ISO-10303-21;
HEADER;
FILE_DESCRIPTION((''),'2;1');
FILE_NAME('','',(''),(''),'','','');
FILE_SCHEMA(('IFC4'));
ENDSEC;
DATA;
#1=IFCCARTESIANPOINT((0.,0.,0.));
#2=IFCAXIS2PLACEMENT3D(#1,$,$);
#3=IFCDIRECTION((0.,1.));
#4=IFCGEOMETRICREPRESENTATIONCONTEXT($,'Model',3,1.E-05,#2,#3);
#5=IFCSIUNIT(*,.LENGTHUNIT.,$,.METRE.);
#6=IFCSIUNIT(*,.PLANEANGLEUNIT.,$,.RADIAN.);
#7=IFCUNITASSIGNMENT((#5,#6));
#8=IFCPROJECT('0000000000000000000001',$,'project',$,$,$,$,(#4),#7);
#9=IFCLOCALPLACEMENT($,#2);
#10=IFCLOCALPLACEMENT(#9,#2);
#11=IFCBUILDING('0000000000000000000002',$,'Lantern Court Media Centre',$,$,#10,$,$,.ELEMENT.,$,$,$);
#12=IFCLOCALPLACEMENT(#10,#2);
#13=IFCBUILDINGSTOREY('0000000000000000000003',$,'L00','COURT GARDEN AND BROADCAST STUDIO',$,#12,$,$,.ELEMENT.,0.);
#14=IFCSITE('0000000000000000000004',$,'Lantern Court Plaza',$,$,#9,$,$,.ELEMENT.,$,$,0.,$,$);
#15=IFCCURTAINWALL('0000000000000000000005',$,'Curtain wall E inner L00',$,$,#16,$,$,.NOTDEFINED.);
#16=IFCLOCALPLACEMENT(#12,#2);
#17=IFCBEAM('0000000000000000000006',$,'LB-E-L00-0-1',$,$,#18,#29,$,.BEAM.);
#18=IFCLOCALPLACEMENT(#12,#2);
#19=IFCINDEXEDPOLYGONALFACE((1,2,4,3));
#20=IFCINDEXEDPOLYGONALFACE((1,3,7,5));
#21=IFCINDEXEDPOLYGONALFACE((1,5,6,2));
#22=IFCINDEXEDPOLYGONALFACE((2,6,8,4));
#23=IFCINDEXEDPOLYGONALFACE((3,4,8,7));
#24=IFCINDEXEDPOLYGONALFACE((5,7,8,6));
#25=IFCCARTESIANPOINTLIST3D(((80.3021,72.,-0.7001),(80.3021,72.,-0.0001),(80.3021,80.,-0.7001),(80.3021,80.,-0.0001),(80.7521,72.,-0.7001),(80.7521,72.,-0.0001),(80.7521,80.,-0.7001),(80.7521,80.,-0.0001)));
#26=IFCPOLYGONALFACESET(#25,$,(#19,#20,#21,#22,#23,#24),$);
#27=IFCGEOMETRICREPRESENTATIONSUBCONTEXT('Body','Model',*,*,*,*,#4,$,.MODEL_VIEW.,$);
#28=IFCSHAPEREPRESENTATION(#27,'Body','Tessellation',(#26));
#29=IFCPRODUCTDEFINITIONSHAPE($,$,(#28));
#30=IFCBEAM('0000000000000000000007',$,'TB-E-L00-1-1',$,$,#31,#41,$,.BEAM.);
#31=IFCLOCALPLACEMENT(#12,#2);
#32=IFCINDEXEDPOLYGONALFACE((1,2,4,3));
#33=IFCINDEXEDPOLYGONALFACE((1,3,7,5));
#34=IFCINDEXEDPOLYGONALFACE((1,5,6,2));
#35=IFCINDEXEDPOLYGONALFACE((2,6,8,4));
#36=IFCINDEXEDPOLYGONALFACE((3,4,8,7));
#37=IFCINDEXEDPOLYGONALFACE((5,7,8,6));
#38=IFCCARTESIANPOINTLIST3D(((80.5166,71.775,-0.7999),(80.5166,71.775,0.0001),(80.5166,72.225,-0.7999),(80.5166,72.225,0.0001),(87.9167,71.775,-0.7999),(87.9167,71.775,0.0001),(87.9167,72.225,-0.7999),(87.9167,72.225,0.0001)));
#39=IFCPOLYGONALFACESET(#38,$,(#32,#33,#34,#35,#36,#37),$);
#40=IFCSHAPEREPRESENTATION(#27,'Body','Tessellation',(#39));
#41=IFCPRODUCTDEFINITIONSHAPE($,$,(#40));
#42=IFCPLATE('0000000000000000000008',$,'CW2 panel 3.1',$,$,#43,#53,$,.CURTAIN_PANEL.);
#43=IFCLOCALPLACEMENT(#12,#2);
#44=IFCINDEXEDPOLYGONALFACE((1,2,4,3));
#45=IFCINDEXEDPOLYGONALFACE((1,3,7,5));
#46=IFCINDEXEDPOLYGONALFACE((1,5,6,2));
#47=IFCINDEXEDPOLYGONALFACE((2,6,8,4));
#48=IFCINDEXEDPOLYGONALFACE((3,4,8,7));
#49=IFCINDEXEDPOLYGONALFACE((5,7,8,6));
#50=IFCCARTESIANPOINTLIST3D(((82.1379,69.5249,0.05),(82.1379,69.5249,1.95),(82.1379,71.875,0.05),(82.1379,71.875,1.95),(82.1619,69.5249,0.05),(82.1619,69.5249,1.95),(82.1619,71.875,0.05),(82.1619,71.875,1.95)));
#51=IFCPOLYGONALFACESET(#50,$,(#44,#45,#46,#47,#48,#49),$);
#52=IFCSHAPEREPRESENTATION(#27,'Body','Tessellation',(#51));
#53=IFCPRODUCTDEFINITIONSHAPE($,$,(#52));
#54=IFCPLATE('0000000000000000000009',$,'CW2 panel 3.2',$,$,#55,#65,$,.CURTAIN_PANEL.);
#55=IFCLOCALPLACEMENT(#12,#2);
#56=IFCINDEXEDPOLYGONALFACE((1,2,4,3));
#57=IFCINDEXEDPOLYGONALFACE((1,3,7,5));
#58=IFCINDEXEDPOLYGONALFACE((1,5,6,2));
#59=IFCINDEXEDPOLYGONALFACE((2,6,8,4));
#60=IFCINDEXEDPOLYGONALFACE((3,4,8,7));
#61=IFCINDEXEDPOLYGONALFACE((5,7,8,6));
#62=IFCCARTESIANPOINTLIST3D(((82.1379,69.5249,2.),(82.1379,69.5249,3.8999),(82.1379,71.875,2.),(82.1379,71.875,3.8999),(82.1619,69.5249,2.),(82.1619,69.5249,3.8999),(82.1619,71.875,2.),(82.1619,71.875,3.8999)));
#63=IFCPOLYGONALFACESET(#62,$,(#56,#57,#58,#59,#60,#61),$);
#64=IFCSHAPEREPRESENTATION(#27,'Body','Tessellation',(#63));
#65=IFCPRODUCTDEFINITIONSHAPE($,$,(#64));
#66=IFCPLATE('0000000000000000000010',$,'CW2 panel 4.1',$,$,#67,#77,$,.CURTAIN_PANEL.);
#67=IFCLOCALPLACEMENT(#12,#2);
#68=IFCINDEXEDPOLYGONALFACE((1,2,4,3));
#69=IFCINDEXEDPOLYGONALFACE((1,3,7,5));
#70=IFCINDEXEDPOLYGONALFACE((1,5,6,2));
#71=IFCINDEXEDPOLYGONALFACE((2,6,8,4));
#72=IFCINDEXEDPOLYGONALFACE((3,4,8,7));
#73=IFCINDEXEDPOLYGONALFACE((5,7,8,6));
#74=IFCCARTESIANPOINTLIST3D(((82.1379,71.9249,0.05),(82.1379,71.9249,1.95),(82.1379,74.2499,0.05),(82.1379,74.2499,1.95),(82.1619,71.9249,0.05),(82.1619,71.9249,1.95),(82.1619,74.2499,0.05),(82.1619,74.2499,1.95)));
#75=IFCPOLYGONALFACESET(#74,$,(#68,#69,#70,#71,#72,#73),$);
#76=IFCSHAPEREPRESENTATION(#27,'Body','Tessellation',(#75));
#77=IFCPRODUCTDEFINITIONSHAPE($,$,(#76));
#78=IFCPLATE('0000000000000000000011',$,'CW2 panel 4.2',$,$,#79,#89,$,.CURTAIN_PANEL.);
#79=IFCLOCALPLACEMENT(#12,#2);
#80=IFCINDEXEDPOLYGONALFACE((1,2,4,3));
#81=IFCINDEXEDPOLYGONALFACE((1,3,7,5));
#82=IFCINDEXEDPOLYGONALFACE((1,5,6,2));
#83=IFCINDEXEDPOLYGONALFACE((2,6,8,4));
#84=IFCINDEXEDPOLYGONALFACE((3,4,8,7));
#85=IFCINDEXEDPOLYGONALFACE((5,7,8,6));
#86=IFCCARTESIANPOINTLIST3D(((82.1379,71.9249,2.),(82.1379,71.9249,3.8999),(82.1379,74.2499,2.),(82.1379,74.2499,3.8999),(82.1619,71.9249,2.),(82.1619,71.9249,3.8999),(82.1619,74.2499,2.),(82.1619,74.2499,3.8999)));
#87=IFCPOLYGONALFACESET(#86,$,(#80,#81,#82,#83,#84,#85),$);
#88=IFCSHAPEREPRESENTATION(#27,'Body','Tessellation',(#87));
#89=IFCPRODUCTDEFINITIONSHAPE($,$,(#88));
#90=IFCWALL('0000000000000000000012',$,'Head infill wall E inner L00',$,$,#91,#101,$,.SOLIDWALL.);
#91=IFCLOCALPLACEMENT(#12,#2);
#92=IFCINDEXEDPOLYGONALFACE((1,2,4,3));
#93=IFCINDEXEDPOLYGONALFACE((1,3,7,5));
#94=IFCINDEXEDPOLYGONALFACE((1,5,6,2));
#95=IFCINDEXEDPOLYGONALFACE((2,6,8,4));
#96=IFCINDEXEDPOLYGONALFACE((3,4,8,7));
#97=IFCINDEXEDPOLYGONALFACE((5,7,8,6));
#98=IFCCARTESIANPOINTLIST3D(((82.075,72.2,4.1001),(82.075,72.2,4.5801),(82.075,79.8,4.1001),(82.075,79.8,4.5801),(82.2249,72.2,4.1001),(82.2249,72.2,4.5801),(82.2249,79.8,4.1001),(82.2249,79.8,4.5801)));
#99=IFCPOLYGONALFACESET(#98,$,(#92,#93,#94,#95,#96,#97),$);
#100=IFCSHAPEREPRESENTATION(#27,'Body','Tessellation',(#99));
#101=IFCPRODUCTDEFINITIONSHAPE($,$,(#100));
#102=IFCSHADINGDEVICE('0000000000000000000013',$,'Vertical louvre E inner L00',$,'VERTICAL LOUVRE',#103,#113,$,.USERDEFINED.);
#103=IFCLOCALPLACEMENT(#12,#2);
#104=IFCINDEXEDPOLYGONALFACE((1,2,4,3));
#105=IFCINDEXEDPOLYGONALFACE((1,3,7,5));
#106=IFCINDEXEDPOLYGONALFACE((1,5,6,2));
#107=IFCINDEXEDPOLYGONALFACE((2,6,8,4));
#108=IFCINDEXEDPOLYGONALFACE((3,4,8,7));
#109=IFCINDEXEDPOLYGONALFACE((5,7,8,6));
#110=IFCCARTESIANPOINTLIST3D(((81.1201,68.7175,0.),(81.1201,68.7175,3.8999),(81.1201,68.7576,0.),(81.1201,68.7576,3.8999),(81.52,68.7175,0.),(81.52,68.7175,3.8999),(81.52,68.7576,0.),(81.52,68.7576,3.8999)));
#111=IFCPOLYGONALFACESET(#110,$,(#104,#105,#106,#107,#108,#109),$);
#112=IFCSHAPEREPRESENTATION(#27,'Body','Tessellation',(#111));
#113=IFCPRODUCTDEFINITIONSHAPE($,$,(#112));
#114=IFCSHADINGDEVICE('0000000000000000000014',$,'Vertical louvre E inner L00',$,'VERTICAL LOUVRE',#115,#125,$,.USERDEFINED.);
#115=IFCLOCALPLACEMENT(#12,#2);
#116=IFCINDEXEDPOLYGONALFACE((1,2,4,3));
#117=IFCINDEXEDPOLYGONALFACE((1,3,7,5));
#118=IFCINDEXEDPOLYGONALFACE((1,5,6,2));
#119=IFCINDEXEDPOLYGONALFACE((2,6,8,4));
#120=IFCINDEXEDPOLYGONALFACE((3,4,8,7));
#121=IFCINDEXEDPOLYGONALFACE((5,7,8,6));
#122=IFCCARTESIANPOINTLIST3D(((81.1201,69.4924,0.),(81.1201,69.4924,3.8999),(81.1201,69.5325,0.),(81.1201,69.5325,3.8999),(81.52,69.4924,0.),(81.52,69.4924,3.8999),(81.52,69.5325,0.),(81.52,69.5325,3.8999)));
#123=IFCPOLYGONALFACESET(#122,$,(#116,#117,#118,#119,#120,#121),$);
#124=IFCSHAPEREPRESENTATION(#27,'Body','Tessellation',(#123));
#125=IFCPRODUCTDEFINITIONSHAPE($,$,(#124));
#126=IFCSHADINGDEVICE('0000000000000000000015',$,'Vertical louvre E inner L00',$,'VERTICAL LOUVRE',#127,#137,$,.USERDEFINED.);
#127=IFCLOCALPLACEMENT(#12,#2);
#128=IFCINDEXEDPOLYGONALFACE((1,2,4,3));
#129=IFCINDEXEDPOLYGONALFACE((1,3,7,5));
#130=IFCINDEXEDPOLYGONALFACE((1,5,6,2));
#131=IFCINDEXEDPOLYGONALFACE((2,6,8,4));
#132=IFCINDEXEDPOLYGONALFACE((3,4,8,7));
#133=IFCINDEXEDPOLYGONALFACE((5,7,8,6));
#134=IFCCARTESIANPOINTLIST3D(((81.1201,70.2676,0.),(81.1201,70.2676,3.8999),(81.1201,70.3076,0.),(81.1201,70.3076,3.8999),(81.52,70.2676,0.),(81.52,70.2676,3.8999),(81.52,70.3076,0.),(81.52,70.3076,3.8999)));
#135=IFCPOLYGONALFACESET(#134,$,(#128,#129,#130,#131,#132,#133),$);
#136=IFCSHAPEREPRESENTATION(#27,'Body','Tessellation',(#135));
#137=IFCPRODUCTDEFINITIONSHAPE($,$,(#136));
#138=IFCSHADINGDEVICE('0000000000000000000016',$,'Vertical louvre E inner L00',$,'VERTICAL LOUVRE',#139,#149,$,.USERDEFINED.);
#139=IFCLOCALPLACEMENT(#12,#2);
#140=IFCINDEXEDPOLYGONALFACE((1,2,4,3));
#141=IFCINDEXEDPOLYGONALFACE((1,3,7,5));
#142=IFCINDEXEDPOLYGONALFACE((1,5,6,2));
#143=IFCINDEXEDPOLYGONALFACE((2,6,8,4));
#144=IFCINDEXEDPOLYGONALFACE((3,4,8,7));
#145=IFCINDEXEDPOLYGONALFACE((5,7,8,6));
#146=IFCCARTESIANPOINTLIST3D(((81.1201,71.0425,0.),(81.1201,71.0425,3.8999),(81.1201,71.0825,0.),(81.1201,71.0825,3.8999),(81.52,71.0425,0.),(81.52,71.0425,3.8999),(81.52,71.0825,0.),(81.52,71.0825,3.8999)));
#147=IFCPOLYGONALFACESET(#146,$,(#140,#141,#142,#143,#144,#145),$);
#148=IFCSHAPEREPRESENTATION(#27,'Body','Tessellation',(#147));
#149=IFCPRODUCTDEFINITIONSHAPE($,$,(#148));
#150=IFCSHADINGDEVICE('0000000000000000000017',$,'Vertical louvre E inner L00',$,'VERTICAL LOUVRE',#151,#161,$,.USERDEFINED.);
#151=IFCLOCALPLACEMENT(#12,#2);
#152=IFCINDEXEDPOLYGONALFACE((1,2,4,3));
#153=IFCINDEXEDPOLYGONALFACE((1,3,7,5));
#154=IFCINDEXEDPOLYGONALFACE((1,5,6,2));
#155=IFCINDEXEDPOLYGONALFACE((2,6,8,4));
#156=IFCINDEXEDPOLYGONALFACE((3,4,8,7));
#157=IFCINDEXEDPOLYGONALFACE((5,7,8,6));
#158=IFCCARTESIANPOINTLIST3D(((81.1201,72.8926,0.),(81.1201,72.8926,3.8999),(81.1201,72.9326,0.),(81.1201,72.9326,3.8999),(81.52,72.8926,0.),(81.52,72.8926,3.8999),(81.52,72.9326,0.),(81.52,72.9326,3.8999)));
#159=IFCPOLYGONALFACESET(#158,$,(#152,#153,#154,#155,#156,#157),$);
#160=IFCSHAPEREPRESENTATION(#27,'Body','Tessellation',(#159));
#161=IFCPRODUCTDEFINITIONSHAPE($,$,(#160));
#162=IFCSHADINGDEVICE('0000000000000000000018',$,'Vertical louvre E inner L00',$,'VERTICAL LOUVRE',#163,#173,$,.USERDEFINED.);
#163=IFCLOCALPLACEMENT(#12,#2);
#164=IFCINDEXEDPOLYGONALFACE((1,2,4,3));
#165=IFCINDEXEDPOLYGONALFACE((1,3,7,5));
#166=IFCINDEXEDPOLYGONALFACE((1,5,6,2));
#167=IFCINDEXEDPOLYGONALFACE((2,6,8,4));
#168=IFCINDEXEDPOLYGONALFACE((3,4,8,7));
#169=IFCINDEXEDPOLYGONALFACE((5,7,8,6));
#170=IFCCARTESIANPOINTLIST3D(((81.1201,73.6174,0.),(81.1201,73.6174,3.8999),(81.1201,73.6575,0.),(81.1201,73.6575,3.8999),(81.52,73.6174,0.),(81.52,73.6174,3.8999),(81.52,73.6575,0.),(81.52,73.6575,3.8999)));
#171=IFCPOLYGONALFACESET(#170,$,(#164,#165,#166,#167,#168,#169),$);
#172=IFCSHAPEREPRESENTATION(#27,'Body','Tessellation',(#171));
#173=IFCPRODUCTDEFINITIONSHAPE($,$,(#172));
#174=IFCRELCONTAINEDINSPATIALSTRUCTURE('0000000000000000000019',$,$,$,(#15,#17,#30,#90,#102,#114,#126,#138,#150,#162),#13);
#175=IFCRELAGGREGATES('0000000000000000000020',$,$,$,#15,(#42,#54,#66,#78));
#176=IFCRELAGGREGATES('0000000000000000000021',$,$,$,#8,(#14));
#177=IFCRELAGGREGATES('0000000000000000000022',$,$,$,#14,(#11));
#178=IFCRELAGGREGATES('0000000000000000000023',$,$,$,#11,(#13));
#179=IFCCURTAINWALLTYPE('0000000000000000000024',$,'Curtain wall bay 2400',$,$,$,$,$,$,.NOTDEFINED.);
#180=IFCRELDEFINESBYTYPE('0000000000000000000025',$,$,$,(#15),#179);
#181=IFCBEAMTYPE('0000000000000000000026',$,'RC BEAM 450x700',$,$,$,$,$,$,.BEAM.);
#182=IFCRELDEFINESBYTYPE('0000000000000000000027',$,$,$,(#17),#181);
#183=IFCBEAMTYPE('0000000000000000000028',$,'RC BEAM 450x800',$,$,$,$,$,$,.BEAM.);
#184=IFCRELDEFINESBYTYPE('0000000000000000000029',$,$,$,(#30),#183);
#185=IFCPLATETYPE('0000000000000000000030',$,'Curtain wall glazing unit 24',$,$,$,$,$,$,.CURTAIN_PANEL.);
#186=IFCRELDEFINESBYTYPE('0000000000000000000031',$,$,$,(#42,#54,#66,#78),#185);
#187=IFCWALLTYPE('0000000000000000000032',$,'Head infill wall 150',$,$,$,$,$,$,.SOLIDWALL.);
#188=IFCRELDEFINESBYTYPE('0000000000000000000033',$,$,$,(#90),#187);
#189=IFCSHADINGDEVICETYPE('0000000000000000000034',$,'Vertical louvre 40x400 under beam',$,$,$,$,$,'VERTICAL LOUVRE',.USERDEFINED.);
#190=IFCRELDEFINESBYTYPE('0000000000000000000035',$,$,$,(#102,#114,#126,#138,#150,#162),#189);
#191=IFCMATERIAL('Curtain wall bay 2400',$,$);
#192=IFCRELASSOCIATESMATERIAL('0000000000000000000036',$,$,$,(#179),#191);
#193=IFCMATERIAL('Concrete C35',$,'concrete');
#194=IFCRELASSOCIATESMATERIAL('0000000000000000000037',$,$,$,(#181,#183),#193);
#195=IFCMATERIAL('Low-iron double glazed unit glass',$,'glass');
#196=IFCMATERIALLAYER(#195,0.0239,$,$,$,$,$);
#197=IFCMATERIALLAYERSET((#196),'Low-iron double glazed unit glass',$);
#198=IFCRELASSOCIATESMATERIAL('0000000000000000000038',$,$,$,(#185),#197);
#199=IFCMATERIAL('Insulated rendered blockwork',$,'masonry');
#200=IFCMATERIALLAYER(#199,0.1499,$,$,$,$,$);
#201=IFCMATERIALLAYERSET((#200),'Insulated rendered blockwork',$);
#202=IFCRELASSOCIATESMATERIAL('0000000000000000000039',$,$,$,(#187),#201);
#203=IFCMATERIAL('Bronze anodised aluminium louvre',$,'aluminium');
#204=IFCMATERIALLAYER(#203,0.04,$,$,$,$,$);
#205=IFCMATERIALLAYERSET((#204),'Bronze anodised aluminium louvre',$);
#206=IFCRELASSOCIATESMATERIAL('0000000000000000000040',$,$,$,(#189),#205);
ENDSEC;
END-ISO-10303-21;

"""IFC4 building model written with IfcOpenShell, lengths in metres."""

from ifc_helpers import new_model, si_unit, direction, frame, frame_2d, origin, origin_2d, place, context, subcontext, project, spatial, rectangle, extrude, material, layer, layer_set, material_profile, profile_set, type_object, element, aggregate, save


model = new_model("IFC4")

# Units and contexts
model_context = context("Model", 3, precision=1e-05, world=origin(), true_north=direction((0.0, 1.0)))
body_context = subcontext(model_context, "Body", "Model", "MODEL_VIEW")
ifc_project = project(units=[si_unit("LENGTHUNIT", "METRE"), si_unit("PLANEANGLEUNIT", "RADIAN")], contexts=[model_context])

# Site, building, storey
site_placement = place(None, origin())
site = spatial("IfcSite", under=ifc_project, at=site_placement, Name="Lantern Court Plaza", CompositionType="ELEMENT", RefElevation=0.0)
building_placement = place(site_placement, origin())
building = spatial("IfcBuilding", under=site, at=building_placement, Name="Lantern Court Media Centre", CompositionType="ELEMENT")
storey_placement = place(building_placement, origin())
storey = spatial("IfcBuildingStorey", under=building, at=storey_placement, Name="L00", Description="COURT GARDEN AND BROADCAST STUDIO", CompositionType="ELEMENT", Elevation=0.0)

# Shared definitions
ifc_material_1 = material(Name="Concrete C35", Category="concrete")

# Curtain wall
ifc_material_2 = material(Name="Curtain wall bay 2400")
curtain_wall_type_1 = type_object("IfcCurtainWallType", Name="Curtain wall bay 2400", PredefinedType="NOTDEFINED", material=ifc_material_2)
curtain_wall_1_placement = place(storey_placement, origin())
curtain_wall_1 = element("IfcCurtainWall", 1, at=curtain_wall_1_placement, inside=storey, type_object=curtain_wall_type_1, Name="Curtain wall E inner L00", PredefinedType="NOTDEFINED")

# Beams
ifc_material_profile_1 = material_profile(ifc_material_1, rectangle(XDim=0.45, YDim=0.7, at=origin_2d()), Name="RC 450x700")
ifc_profile_set_1 = profile_set([ifc_material_profile_1], Name="Concrete C35")
beam_type_1 = type_object("IfcBeamType", Name="RC BEAM 450x700", PredefinedType="BEAM", material=ifc_profile_set_1)
beam_1_placement = place(storey_placement, frame((80.5271, 72.0, -0.3501), z_axis=(0.0, 1.0, 0.0), x_axis=(-1.0, 0.0, 0.0)))
element("IfcBeam", 2, at=beam_1_placement, inside=storey, type_object=beam_type_1, Name="LB-E-L00-0-1", PredefinedType="BEAM", context=body_context, shape_type="SweptSolid", body=[
    extrude(rectangle(XDim=0.45, YDim=0.7, at=origin_2d()), origin(), (0.0, 0.0, 1.0), 8.0),
])
ifc_material_profile_2 = material_profile(ifc_material_1, rectangle(XDim=0.45, YDim=0.8, at=origin_2d()), Name="RC 450x800")
ifc_profile_set_2 = profile_set([ifc_material_profile_2], Name="Concrete C35")
beam_type_2 = type_object("IfcBeamType", Name="RC BEAM 450x800", PredefinedType="BEAM", material=ifc_profile_set_2)
beam_2_placement = place(storey_placement, frame((80.5166, 72.0, -0.3999), z_axis=(1.0, 0.0, 0.0), x_axis=(0.0, 1.0, 0.0)))
element("IfcBeam", 3, at=beam_2_placement, inside=storey, type_object=beam_type_2, Name="TB-E-L00-1-1", PredefinedType="BEAM", context=body_context, shape_type="SweptSolid", body=[
    extrude(rectangle(XDim=0.45, YDim=0.8, at=origin_2d()), origin(), (0.0, 0.0, 1.0), 7.4001),
])

# Plates
ifc_material_3 = material(Name="Low-iron double glazed unit glass", Category="glass")
ifc_layer_1 = layer(ifc_material_3, 0.0239)
ifc_layer_set_1 = layer_set([ifc_layer_1], Name="Low-iron double glazed unit glass")
plate_type = type_object("IfcPlateType", Name="Curtain wall glazing unit 24", PredefinedType="CURTAIN_PANEL", material=ifc_layer_set_1)
plate_1_placement = place(storey_placement, frame((82.1499, 70.7, 0.05), z_axis=(0.0, 0.0, 1.0), x_axis=(0.0, 1.0, 0.0)))
plate_1 = element("IfcPlate", 4, at=plate_1_placement, type_object=plate_type, Name="CW2 panel 3.1", PredefinedType="CURTAIN_PANEL", context=body_context, shape_type="SweptSolid", body=[
    extrude(rectangle(XDim=2.3501, YDim=0.0239, at=origin_2d()), origin(), (0.0, 0.0, 1.0), 1.8999),
])
plate_2_placement = place(storey_placement, frame((82.1499, 70.7, 2.0), z_axis=(0.0, 0.0, 1.0), x_axis=(0.0, 1.0, 0.0)))
plate_2 = element("IfcPlate", 5, at=plate_2_placement, type_object=plate_type, Name="CW2 panel 3.2", PredefinedType="CURTAIN_PANEL", context=body_context, shape_type="SweptSolid", body=[
    extrude(rectangle(XDim=2.3501, YDim=0.0239, at=origin_2d()), origin(), (0.0, 0.0, 1.0), 1.8999),
])
plate_3_placement = place(storey_placement, frame((82.1499, 73.0874, 0.05), z_axis=(0.0, 0.0, 1.0), x_axis=(0.0, 1.0, 0.0)))
plate_3 = element("IfcPlate", 6, at=plate_3_placement, type_object=plate_type, Name="CW2 panel 4.1", PredefinedType="CURTAIN_PANEL", context=body_context, shape_type="SweptSolid", body=[
    extrude(rectangle(XDim=2.325, YDim=0.0239, at=origin_2d()), origin(), (0.0, 0.0, 1.0), 1.8999),
])
plate_4_placement = place(storey_placement, frame((82.1499, 73.0874, 2.0), z_axis=(0.0, 0.0, 1.0), x_axis=(0.0, 1.0, 0.0)))
plate_4 = element("IfcPlate", 7, at=plate_4_placement, type_object=plate_type, Name="CW2 panel 4.2", PredefinedType="CURTAIN_PANEL", context=body_context, shape_type="SweptSolid", body=[
    extrude(rectangle(XDim=2.325, YDim=0.0239, at=origin_2d()), origin(), (0.0, 0.0, 1.0), 1.8999),
])
aggregate(curtain_wall_1, [plate_1, plate_2, plate_3, plate_4])

# Shared definitions
ifc_material_4 = material(Name="Insulated rendered blockwork", Category="masonry")

# Wall
ifc_layer_2 = layer(ifc_material_4, 0.1499)
ifc_layer_set_2 = layer_set([ifc_layer_2], Name="Insulated rendered blockwork")
wall_type_1 = type_object("IfcWallType", Name="Head infill wall 150", PredefinedType="SOLIDWALL", material=ifc_layer_set_2)
wall_1_placement = place(storey_placement, frame((82.1499, 72.2, 4.1001), z_axis=(0.0, 0.0, 1.0), x_axis=(0.0, 1.0, 0.0)))
element("IfcWall", 8, at=wall_1_placement, inside=storey, type_object=wall_type_1, Name="Head infill wall E inner L00", PredefinedType="SOLIDWALL", context=body_context, shape_type="SweptSolid", body=[
    extrude(rectangle(XDim=7.6001, YDim=0.1499, at=frame_2d((3.8, 0.0))), origin(), (0.0, 0.0, 1.0), 0.48),
])

# Shading devices
ifc_material_5 = material(Name="Bronze anodised aluminium louvre", Category="aluminium")
ifc_layer_3 = layer(ifc_material_5, 0.04)
ifc_layer_set_3 = layer_set([ifc_layer_3], Name="Bronze anodised aluminium louvre")
shading_device_type = type_object("IfcShadingDeviceType", Name="Vertical louvre 40x400 under beam", ElementType="VERTICAL LOUVRE", PredefinedType="USERDEFINED", material=ifc_layer_set_3)
for number, where, z_axis, x_axis, name in (
    (9, (81.3201, 68.7375, 0.0), (0.0, 0.0, 1.0), (1.0, 0.0, 0.0), "Vertical louvre E inner L00"),
    (10, (81.3201, 69.5125, 0.0), (0.0, 0.0, 1.0), (1.0, 0.0, 0.0), "Vertical louvre E inner L00"),
    (11, (81.3201, 70.2876, 0.0), (0.0, 0.0, 1.0), (1.0, 0.0, 0.0), "Vertical louvre E inner L00"),
    (12, (81.3201, 71.0625, 0.0), (0.0, 0.0, 1.0), (1.0, 0.0, 0.0), "Vertical louvre E inner L00"),
    (13, (81.3201, 72.9126, 0.0), (0.0, 0.0, 1.0), (1.0, 0.0, 0.0), "Vertical louvre E inner L00"),
    (14, (81.3201, 73.6375, 0.0), (0.0, 0.0, 1.0), (1.0, 0.0, 0.0), "Vertical louvre E inner L00"),
):
    element("IfcShadingDevice", number, at=place(storey_placement, frame(where, z_axis=z_axis, x_axis=x_axis)), inside=storey, type_object=shading_device_type, Name=name, ObjectType="VERTICAL LOUVRE", PredefinedType="USERDEFINED", context=body_context, shape_type="SweptSolid", body=[
        extrude(rectangle(XDim=0.3999, YDim=0.04, at=origin_2d()), origin(), (0.0, 0.0, 1.0), 3.8999),
    ])

save(model, "model.ifc")
